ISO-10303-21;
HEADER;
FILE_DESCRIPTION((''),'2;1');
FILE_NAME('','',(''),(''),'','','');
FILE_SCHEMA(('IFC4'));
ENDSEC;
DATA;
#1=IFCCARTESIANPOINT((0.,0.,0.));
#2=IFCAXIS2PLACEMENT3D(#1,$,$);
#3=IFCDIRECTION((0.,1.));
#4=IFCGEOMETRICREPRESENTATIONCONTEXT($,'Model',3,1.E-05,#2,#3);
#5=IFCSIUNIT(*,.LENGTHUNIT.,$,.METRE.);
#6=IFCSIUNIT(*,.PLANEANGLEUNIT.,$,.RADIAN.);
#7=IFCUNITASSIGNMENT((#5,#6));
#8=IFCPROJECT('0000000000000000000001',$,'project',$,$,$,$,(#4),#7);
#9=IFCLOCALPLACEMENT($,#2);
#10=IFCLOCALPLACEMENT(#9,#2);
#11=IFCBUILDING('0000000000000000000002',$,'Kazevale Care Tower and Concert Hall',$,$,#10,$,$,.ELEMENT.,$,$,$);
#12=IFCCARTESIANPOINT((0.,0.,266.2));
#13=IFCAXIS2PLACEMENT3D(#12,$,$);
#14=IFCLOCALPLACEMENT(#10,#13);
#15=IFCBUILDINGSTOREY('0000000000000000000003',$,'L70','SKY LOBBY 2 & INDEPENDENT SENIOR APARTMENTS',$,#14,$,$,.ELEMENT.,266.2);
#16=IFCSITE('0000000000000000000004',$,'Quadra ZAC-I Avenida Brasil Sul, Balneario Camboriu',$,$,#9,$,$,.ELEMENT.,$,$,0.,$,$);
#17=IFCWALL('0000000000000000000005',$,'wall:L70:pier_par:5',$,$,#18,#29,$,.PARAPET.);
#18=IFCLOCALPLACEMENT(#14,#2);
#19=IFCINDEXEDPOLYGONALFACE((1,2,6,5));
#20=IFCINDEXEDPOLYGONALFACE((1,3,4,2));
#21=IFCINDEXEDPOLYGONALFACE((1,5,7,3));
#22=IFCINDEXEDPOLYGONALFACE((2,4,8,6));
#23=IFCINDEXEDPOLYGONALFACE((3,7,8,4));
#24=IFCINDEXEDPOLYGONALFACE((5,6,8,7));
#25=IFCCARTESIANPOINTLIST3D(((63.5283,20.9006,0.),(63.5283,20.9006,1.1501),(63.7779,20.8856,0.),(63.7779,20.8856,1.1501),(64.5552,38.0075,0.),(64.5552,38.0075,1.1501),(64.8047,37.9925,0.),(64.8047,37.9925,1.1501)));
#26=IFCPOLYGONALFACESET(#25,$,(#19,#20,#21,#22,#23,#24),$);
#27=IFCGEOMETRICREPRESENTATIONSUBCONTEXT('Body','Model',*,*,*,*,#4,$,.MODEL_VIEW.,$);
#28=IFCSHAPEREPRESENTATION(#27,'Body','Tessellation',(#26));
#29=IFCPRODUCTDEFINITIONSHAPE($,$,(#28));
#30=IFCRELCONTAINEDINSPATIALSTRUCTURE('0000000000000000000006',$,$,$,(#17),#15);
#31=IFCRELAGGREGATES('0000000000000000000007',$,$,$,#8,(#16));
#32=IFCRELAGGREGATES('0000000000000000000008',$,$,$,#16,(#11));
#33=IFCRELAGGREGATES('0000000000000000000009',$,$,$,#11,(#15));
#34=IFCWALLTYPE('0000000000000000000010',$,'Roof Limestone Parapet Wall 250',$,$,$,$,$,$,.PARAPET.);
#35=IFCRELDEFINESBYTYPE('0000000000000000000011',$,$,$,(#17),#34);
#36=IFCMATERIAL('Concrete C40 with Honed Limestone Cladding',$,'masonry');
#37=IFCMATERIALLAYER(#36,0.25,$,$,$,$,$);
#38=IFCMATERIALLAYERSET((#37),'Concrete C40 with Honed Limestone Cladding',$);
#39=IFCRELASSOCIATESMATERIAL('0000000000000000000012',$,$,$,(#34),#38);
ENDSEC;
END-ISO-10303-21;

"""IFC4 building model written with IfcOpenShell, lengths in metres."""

from ifc_helpers import new_model, si_unit, direction, frame, frame_2d, origin, place, context, subcontext, project, spatial, rectangle, extrude, material, layer, layer_set, type_object, element, save


model = new_model("IFC4")

# Units and contexts
model_context = context("Model", 3, precision=1e-05, world=origin(), true_north=direction((0.0, 1.0)))
body_context = subcontext(model_context, "Body", "Model", "MODEL_VIEW")
ifc_project = project(units=[si_unit("LENGTHUNIT", "METRE"), si_unit("PLANEANGLEUNIT", "RADIAN")], contexts=[model_context])

# Site, building, storey
site_placement = place(None, origin())
site = spatial("IfcSite", under=ifc_project, at=site_placement, Name="Quadra ZAC-I Avenida Brasil Sul, Balneario Camboriu", CompositionType="ELEMENT", RefElevation=0.0)
building_placement = place(site_placement, origin())
building = spatial("IfcBuilding", under=site, at=building_placement, Name="Kazevale Care Tower and Concert Hall", CompositionType="ELEMENT")
storey_placement = place(building_placement, frame((0.0, 0.0, 266.2)))
storey = spatial("IfcBuildingStorey", under=building, at=storey_placement, Name="L70", Description="SKY LOBBY 2 & INDEPENDENT SENIOR APARTMENTS", CompositionType="ELEMENT", Elevation=266.2)

# Wall
ifc_material_1 = material(Name="Concrete C40 with Honed Limestone Cladding", Category="masonry")
ifc_layer_1 = layer(ifc_material_1, 0.25)
ifc_layer_set_1 = layer_set([ifc_layer_1], Name="Concrete C40 with Honed Limestone Cladding")
wall_type_1 = type_object("IfcWallType", Name="Roof Limestone Parapet Wall 250", PredefinedType="PARAPET", material=ifc_layer_set_1)
wall_1_placement = place(storey_placement, frame((63.6531, 20.8931, 0.0), z_axis=(0.0, 0.0, 1.0), x_axis=(0.059918, 0.998203, 0.0)))
element("IfcWall", 1, at=wall_1_placement, inside=storey, type_object=wall_type_1, Name="wall:L70:pier_par:5", PredefinedType="PARAPET", context=body_context, shape_type="SweptSolid", body=[
    extrude(rectangle(XDim=17.1377, YDim=0.25, at=frame_2d((8.5688, 0.0))), origin(), (0.0, 0.0, 1.0), 1.1501),
])

save(model, "model.ifc")
